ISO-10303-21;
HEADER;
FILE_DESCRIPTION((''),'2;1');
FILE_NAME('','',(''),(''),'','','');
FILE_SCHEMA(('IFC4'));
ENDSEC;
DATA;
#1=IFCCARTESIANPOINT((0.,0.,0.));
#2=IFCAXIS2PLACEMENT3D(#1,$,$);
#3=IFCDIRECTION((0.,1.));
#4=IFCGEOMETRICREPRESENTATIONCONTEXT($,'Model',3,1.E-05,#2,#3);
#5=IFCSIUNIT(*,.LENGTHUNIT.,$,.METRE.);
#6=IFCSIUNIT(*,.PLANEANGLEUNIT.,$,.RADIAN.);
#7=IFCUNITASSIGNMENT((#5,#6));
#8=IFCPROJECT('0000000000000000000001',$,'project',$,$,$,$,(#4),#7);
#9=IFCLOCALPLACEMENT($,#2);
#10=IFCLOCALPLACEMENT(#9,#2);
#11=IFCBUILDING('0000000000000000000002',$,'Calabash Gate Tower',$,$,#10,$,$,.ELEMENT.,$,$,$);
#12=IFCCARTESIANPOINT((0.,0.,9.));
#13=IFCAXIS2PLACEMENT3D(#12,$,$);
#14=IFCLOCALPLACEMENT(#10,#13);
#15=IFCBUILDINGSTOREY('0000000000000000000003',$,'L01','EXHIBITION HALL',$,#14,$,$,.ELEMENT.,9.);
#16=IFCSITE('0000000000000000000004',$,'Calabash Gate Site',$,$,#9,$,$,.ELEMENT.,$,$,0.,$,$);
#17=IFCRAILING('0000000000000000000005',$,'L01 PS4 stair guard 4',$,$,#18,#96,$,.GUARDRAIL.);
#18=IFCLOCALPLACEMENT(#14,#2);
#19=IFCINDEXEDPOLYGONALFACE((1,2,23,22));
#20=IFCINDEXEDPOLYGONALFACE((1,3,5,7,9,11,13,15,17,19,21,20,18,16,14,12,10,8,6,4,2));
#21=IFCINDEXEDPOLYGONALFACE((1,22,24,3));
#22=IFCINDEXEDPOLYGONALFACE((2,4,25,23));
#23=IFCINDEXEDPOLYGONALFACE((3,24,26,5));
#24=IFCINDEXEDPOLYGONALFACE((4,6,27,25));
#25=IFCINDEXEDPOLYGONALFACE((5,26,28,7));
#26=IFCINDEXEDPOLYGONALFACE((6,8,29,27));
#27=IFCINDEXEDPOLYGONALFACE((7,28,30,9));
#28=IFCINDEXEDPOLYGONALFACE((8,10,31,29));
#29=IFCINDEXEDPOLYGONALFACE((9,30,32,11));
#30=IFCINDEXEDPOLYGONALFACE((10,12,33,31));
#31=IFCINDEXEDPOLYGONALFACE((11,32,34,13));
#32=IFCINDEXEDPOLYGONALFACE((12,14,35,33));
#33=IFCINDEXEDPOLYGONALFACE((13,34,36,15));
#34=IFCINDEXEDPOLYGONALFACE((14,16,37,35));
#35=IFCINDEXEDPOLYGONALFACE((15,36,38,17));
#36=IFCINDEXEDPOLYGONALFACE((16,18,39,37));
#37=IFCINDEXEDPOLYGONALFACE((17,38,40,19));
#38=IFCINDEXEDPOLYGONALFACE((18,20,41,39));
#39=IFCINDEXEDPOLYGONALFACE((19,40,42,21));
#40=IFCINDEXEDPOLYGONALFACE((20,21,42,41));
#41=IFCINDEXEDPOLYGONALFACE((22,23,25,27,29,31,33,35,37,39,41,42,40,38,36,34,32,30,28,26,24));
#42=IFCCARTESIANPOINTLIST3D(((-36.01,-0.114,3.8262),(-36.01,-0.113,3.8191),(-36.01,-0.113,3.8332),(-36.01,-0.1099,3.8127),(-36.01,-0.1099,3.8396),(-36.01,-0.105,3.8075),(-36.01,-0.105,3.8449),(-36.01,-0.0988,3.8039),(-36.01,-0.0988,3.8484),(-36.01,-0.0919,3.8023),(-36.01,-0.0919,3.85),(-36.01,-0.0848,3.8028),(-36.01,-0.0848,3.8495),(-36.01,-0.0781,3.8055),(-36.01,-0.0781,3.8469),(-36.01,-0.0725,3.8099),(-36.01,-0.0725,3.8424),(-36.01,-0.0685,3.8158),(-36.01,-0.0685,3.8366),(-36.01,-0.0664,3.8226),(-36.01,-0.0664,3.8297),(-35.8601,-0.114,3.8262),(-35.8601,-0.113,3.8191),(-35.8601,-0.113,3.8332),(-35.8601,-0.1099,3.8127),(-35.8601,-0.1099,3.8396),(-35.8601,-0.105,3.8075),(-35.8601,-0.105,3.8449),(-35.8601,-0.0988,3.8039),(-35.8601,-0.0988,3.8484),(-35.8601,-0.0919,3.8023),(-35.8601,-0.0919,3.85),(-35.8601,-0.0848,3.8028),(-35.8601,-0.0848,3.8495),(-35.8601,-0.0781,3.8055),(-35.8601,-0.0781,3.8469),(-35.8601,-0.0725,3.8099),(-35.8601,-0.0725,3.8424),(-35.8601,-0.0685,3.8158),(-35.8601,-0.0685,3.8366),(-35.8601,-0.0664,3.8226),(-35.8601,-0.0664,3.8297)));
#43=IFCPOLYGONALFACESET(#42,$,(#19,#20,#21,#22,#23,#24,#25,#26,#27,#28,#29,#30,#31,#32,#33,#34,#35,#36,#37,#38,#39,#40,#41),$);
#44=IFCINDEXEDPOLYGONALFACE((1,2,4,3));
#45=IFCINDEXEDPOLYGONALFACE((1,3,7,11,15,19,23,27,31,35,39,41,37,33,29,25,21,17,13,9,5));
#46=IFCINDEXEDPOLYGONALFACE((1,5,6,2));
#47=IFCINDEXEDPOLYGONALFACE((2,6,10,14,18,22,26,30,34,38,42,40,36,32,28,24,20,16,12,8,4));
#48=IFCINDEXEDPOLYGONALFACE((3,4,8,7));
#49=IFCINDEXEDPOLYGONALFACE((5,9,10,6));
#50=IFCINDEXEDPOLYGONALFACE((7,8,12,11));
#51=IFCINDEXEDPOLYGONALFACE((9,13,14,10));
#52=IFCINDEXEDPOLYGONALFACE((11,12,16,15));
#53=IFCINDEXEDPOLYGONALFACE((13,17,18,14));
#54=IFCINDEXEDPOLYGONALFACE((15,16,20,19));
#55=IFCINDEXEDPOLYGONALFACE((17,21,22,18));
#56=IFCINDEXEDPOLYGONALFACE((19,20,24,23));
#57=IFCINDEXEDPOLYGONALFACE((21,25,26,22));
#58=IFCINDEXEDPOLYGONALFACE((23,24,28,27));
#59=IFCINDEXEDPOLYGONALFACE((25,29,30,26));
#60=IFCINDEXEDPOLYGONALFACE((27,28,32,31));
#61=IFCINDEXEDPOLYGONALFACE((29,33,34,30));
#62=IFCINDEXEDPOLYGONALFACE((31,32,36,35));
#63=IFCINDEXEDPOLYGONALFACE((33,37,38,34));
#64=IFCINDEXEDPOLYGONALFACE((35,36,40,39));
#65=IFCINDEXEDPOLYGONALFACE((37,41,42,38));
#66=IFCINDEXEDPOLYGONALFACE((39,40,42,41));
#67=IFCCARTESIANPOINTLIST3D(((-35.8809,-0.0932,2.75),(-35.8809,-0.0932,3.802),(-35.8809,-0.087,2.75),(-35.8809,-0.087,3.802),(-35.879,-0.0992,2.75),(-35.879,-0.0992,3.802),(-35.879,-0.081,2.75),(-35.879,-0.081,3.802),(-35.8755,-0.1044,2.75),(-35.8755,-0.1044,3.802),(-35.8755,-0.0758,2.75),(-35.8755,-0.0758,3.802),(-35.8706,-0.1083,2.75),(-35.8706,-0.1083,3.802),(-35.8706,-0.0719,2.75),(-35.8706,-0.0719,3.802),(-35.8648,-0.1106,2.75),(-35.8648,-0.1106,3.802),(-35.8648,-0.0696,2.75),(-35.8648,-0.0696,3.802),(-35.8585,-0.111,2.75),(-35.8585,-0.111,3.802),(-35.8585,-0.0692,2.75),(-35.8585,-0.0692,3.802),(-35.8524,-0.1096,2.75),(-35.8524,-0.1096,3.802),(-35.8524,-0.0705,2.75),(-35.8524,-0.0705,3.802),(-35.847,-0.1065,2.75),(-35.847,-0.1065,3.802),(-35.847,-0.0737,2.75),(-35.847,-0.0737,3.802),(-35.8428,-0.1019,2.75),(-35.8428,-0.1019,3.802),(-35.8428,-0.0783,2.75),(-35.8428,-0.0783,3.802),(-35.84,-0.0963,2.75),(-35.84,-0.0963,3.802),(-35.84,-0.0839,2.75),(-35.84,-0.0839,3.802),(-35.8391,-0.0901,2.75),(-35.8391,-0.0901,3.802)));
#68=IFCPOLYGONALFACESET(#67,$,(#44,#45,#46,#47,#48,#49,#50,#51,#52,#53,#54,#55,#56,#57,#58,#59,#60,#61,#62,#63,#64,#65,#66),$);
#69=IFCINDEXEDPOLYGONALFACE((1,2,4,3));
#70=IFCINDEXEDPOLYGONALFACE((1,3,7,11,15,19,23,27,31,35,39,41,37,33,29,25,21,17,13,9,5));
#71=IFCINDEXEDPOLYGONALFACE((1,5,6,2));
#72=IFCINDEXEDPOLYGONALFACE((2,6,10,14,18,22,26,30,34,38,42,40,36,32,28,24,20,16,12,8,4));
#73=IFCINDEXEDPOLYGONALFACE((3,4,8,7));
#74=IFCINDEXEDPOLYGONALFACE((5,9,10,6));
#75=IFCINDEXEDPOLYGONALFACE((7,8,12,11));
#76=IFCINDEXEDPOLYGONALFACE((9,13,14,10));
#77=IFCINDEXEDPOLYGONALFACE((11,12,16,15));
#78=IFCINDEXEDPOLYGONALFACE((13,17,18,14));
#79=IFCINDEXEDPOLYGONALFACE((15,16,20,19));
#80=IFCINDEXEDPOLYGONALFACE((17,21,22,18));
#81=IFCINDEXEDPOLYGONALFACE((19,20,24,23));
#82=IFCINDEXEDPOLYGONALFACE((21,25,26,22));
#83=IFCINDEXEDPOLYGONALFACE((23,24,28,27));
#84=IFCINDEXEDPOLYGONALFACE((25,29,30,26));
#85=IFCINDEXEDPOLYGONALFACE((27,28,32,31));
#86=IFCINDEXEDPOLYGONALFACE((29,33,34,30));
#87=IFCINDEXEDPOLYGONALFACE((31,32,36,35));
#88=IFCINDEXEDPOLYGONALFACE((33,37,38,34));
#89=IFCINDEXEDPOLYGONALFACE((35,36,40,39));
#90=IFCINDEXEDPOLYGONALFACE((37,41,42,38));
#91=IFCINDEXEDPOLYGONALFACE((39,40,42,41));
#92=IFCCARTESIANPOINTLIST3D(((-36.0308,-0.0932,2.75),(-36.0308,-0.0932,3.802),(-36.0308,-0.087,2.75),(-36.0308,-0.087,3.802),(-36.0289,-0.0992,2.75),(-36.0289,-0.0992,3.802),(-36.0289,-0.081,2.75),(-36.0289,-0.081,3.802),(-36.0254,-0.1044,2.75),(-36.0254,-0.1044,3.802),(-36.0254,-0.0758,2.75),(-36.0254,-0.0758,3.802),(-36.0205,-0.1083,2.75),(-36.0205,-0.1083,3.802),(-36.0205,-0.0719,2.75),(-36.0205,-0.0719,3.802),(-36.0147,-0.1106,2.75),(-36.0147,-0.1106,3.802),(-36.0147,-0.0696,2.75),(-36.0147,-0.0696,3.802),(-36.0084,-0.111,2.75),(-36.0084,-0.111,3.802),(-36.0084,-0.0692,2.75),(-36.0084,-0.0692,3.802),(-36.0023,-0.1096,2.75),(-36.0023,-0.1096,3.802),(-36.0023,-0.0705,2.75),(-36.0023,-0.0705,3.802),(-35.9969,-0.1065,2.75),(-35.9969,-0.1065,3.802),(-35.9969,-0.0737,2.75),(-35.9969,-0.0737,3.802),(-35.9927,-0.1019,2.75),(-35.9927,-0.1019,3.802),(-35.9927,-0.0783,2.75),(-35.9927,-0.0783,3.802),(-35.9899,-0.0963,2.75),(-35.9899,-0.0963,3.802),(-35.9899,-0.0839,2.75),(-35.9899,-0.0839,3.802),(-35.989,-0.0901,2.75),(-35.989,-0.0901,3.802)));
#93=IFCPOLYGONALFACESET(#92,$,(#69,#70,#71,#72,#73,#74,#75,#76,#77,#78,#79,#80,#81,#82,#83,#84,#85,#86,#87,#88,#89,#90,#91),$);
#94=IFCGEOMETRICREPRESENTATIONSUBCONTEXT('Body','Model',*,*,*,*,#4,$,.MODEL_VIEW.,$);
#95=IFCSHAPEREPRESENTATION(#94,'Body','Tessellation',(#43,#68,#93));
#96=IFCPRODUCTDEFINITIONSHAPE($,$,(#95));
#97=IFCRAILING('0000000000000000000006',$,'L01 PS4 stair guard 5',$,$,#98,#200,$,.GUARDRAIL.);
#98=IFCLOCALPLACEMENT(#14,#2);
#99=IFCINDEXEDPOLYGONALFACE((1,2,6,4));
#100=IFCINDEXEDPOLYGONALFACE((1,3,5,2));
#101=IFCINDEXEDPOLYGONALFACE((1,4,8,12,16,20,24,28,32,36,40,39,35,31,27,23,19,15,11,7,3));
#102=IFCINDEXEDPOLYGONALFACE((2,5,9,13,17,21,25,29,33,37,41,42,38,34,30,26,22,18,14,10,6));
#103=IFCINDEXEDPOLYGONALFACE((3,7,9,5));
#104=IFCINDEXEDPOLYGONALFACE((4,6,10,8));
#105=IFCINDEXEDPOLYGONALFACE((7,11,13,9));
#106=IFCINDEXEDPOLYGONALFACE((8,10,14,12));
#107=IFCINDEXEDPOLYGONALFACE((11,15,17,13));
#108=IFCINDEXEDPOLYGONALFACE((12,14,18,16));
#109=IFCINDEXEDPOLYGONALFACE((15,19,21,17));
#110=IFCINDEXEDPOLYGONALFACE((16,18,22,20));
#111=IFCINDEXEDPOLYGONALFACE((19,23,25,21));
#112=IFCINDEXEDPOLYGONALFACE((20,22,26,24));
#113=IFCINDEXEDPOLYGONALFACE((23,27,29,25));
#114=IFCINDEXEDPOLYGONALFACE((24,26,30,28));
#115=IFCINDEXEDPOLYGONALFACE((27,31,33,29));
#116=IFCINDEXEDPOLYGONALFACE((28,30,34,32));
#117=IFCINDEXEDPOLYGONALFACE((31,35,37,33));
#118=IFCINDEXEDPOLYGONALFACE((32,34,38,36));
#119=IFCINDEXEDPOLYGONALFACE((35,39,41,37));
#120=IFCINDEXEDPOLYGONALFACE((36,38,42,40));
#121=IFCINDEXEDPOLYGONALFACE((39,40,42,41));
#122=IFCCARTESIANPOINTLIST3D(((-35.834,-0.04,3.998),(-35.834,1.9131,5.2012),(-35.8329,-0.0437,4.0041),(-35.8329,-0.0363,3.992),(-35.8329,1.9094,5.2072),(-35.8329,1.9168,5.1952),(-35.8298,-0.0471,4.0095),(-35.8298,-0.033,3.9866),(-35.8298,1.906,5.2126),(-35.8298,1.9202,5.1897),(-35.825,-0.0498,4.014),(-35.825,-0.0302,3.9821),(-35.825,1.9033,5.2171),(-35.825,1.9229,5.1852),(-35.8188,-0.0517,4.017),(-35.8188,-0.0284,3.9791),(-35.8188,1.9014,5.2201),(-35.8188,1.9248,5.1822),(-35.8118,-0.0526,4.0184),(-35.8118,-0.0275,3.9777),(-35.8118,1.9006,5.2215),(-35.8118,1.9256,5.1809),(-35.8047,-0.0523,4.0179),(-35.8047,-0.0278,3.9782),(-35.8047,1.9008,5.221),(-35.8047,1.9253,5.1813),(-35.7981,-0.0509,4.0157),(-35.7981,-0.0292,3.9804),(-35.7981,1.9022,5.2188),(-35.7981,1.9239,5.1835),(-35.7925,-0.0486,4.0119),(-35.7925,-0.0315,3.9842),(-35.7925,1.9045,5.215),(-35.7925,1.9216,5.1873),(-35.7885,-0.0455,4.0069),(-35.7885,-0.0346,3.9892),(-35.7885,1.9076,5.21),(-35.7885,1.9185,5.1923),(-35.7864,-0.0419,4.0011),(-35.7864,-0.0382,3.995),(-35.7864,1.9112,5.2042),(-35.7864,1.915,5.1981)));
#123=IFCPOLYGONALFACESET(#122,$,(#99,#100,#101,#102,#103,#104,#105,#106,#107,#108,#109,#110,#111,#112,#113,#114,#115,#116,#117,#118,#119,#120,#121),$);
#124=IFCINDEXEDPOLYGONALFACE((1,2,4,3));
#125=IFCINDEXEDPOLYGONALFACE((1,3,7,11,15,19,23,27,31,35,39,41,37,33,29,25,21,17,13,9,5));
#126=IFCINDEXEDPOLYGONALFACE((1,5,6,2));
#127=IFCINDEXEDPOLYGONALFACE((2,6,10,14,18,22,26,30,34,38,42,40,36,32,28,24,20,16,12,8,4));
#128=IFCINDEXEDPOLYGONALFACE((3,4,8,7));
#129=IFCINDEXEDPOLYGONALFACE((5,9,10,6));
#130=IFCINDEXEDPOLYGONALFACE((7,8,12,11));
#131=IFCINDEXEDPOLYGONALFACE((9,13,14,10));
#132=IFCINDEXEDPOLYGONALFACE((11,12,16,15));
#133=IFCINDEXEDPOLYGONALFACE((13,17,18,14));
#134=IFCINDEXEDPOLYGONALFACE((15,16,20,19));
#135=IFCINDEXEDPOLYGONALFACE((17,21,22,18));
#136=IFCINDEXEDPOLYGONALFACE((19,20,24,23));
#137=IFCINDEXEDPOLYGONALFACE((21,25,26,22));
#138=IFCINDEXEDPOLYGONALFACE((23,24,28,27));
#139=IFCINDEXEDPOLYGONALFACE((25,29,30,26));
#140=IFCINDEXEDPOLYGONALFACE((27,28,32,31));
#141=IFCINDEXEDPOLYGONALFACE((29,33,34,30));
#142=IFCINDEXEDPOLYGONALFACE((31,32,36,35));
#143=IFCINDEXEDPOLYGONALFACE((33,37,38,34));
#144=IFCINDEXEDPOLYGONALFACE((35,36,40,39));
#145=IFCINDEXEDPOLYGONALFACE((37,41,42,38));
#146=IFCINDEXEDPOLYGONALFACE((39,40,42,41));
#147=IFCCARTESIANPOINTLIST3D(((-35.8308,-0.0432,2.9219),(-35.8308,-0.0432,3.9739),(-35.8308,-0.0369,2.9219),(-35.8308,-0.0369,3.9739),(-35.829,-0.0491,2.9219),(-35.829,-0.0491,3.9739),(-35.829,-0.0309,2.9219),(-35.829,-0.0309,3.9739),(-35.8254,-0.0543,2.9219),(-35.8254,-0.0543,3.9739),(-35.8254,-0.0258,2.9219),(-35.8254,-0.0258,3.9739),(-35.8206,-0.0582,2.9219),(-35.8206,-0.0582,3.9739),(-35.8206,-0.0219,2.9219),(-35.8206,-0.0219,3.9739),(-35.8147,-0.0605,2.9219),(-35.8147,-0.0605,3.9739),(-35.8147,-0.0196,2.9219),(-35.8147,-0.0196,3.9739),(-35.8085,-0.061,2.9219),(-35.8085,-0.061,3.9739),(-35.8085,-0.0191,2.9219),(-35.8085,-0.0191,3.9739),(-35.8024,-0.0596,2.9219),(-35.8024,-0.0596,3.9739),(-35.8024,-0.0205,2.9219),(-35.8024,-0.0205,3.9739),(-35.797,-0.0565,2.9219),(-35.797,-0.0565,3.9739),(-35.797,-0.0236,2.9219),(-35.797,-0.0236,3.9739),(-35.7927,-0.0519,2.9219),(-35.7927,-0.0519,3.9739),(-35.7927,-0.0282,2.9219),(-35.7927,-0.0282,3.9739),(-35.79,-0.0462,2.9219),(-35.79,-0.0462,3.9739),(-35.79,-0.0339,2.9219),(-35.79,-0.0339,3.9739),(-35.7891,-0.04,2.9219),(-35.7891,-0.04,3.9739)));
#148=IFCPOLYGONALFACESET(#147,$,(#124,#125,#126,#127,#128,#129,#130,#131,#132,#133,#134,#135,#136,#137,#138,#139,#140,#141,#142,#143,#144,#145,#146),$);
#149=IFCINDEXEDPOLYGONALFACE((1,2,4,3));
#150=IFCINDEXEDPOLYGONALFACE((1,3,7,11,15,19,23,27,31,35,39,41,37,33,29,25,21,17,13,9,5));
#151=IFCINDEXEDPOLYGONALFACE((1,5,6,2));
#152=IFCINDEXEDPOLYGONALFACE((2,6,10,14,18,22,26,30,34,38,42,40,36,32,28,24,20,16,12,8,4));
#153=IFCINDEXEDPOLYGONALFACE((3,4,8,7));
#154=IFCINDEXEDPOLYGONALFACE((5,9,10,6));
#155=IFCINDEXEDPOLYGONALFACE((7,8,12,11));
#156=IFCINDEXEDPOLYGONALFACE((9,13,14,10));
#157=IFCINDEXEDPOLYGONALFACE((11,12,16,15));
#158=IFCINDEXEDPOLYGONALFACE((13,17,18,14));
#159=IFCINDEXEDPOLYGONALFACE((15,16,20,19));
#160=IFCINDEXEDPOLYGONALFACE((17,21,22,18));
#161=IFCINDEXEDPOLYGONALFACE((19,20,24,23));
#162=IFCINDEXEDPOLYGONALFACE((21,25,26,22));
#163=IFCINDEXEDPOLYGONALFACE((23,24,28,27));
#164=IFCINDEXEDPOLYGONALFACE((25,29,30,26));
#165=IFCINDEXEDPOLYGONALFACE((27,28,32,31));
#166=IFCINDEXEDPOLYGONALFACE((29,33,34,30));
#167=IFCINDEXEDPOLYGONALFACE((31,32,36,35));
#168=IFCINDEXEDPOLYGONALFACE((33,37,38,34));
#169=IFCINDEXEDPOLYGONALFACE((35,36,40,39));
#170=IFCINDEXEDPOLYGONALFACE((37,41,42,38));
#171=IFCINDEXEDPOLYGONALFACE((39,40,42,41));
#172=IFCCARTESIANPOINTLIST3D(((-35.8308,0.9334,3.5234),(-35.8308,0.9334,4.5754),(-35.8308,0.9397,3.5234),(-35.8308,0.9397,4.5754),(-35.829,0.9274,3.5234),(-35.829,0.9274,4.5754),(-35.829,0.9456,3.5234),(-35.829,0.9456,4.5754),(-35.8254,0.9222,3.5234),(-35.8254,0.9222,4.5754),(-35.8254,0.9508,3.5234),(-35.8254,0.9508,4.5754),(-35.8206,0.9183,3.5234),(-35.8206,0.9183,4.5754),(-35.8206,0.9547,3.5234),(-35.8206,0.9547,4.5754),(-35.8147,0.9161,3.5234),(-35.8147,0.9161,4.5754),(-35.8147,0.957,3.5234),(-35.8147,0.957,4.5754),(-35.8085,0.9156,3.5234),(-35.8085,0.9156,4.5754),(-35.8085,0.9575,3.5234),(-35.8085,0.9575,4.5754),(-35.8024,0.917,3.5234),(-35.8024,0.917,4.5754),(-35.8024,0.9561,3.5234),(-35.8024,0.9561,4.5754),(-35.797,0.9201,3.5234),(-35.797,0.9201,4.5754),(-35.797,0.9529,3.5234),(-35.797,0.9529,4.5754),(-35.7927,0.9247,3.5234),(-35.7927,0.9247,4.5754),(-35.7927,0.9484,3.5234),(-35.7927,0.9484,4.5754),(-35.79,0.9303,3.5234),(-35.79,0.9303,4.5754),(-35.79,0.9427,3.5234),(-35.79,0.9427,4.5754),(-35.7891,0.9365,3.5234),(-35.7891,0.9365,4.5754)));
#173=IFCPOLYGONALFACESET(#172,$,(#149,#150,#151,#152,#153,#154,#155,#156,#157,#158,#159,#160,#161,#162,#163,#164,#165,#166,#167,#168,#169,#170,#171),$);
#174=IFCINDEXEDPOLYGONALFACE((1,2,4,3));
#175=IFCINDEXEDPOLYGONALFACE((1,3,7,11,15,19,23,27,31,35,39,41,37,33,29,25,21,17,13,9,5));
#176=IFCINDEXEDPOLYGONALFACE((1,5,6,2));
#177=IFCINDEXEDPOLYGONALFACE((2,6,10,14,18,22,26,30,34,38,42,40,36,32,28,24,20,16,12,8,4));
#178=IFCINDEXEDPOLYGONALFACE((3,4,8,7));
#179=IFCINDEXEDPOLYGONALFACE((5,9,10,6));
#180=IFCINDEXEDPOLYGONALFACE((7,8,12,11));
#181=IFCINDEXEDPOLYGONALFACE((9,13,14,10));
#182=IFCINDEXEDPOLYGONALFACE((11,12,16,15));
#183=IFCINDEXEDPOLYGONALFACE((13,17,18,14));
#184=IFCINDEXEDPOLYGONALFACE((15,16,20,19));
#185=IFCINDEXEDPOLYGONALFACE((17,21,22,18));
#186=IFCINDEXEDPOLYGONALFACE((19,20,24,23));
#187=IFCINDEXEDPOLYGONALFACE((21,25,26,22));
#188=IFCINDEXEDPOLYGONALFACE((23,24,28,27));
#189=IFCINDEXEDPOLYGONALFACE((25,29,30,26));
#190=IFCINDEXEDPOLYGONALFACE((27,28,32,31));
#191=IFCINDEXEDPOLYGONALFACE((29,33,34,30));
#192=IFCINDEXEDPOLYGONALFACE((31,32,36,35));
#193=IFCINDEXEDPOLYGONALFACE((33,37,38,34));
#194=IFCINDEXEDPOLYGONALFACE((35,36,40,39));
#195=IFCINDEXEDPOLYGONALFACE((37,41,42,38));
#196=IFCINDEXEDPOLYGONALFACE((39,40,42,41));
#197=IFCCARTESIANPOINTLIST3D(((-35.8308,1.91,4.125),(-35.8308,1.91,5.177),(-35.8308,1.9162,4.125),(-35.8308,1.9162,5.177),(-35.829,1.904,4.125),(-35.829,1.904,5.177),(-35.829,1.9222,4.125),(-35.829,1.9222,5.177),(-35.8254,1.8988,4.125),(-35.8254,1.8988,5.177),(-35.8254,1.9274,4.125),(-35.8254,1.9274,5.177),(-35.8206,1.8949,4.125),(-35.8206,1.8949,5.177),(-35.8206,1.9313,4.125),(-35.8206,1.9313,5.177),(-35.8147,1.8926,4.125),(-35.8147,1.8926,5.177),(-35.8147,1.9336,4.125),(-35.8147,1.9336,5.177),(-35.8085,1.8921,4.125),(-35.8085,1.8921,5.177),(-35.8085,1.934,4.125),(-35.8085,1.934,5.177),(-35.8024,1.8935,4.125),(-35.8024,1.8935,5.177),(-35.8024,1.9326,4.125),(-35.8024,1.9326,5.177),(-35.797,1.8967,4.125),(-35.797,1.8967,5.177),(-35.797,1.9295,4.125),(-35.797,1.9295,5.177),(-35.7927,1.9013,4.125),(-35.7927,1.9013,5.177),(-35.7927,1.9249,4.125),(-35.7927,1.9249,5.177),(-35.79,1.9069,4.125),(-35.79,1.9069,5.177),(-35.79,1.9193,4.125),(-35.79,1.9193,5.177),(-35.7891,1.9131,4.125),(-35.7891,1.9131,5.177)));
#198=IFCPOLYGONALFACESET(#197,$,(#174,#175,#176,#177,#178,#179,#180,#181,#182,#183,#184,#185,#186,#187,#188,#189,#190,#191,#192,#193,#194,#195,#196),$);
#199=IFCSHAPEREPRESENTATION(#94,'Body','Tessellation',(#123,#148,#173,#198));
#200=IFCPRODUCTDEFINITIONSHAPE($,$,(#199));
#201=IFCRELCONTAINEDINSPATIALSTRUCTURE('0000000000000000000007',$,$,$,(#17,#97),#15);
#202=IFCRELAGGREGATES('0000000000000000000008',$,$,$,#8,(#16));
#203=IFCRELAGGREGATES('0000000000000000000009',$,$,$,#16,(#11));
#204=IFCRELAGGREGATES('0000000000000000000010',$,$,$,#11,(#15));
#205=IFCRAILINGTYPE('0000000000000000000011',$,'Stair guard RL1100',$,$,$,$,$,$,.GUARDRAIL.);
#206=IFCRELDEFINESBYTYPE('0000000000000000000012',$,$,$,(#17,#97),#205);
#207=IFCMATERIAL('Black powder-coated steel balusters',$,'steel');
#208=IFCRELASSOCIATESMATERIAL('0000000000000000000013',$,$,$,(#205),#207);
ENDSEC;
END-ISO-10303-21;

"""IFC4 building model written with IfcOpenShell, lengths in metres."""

from ifc_helpers import new_model, si_unit, direction, frame, origin, origin_2d, place, context, subcontext, project, spatial, circle, extrude, material, type_object, element, save


model = new_model("IFC4")

# Units and contexts
model_context = context("Model", 3, precision=1e-05, world=origin(), true_north=direction((0.0, 1.0)))
body_context = subcontext(model_context, "Body", "Model", "MODEL_VIEW")
ifc_project = project(units=[si_unit("LENGTHUNIT", "METRE"), si_unit("PLANEANGLEUNIT", "RADIAN")], contexts=[model_context])

# Site, building, storey
site_placement = place(None, origin())
site = spatial("IfcSite", under=ifc_project, at=site_placement, Name="Calabash Gate Site", CompositionType="ELEMENT", RefElevation=0.0)
building_placement = place(site_placement, origin())
building = spatial("IfcBuilding", under=site, at=building_placement, Name="Calabash Gate Tower", CompositionType="ELEMENT")
storey_placement = place(building_placement, frame((0.0, 0.0, 9.0)))
storey = spatial("IfcBuildingStorey", under=building, at=storey_placement, Name="L01", Description="EXHIBITION HALL", CompositionType="ELEMENT", Elevation=9.0)

# Railings
ifc_material_1 = material(Name="Black powder-coated steel balusters", Category="steel")
railing_type_1 = type_object("IfcRailingType", Name="Stair guard RL1100", PredefinedType="GUARDRAIL", material=ifc_material_1)
railing_1_placement = place(storey_placement, frame((-35.8601, -0.0901, 2.75)))
element("IfcRailing", 1, at=railing_1_placement, inside=storey, type_object=railing_type_1, Name="L01 PS4 stair guard 4", PredefinedType="GUARDRAIL", context=body_context, shape_type="SweptSolid", body=[
    extrude(circle(Radius=0.0239, at=origin_2d()), frame((0.0, 0.0, 1.0762), z_axis=(-1.0, 0.0, 0.0), x_axis=(0.0, -1.0, 0.0)), (0.0, 0.0, 1.0), 0.1499),
    extrude(circle(Radius=0.021, at=origin_2d()), origin(), (0.0, 0.0, 1.0), 1.052),
    extrude(circle(Radius=0.021, at=origin_2d()), frame((-0.1499, 0.0, 0.0)), (0.0, 0.0, 1.0), 1.052),
])
railing_2_placement = place(storey_placement, frame((-35.8101, -0.04, 2.9219)))
element("IfcRailing", 2, at=railing_2_placement, inside=storey, type_object=railing_type_1, Name="L01 PS4 stair guard 5", PredefinedType="GUARDRAIL", context=body_context, shape_type="SweptSolid", body=[
    extrude(circle(Radius=0.0239, at=origin_2d()), frame((0.0, 0.0, 1.0762), z_axis=(0.0, 0.851424, 0.524477), x_axis=(-1.0, 0.0, 0.0)), (0.0, 0.0, 1.0), 2.2939),
    extrude(circle(Radius=0.021, at=origin_2d()), origin(), (0.0, 0.0, 1.0), 1.052),
    extrude(circle(Radius=0.021, at=origin_2d()), frame((0.0, 0.9766, 0.6016)), (0.0, 0.0, 1.0), 1.052),
    extrude(circle(Radius=0.021, at=origin_2d()), frame((0.0, 1.9531, 1.2031)), (0.0, 0.0, 1.0), 1.052),
])

save(model, "model.ifc")
